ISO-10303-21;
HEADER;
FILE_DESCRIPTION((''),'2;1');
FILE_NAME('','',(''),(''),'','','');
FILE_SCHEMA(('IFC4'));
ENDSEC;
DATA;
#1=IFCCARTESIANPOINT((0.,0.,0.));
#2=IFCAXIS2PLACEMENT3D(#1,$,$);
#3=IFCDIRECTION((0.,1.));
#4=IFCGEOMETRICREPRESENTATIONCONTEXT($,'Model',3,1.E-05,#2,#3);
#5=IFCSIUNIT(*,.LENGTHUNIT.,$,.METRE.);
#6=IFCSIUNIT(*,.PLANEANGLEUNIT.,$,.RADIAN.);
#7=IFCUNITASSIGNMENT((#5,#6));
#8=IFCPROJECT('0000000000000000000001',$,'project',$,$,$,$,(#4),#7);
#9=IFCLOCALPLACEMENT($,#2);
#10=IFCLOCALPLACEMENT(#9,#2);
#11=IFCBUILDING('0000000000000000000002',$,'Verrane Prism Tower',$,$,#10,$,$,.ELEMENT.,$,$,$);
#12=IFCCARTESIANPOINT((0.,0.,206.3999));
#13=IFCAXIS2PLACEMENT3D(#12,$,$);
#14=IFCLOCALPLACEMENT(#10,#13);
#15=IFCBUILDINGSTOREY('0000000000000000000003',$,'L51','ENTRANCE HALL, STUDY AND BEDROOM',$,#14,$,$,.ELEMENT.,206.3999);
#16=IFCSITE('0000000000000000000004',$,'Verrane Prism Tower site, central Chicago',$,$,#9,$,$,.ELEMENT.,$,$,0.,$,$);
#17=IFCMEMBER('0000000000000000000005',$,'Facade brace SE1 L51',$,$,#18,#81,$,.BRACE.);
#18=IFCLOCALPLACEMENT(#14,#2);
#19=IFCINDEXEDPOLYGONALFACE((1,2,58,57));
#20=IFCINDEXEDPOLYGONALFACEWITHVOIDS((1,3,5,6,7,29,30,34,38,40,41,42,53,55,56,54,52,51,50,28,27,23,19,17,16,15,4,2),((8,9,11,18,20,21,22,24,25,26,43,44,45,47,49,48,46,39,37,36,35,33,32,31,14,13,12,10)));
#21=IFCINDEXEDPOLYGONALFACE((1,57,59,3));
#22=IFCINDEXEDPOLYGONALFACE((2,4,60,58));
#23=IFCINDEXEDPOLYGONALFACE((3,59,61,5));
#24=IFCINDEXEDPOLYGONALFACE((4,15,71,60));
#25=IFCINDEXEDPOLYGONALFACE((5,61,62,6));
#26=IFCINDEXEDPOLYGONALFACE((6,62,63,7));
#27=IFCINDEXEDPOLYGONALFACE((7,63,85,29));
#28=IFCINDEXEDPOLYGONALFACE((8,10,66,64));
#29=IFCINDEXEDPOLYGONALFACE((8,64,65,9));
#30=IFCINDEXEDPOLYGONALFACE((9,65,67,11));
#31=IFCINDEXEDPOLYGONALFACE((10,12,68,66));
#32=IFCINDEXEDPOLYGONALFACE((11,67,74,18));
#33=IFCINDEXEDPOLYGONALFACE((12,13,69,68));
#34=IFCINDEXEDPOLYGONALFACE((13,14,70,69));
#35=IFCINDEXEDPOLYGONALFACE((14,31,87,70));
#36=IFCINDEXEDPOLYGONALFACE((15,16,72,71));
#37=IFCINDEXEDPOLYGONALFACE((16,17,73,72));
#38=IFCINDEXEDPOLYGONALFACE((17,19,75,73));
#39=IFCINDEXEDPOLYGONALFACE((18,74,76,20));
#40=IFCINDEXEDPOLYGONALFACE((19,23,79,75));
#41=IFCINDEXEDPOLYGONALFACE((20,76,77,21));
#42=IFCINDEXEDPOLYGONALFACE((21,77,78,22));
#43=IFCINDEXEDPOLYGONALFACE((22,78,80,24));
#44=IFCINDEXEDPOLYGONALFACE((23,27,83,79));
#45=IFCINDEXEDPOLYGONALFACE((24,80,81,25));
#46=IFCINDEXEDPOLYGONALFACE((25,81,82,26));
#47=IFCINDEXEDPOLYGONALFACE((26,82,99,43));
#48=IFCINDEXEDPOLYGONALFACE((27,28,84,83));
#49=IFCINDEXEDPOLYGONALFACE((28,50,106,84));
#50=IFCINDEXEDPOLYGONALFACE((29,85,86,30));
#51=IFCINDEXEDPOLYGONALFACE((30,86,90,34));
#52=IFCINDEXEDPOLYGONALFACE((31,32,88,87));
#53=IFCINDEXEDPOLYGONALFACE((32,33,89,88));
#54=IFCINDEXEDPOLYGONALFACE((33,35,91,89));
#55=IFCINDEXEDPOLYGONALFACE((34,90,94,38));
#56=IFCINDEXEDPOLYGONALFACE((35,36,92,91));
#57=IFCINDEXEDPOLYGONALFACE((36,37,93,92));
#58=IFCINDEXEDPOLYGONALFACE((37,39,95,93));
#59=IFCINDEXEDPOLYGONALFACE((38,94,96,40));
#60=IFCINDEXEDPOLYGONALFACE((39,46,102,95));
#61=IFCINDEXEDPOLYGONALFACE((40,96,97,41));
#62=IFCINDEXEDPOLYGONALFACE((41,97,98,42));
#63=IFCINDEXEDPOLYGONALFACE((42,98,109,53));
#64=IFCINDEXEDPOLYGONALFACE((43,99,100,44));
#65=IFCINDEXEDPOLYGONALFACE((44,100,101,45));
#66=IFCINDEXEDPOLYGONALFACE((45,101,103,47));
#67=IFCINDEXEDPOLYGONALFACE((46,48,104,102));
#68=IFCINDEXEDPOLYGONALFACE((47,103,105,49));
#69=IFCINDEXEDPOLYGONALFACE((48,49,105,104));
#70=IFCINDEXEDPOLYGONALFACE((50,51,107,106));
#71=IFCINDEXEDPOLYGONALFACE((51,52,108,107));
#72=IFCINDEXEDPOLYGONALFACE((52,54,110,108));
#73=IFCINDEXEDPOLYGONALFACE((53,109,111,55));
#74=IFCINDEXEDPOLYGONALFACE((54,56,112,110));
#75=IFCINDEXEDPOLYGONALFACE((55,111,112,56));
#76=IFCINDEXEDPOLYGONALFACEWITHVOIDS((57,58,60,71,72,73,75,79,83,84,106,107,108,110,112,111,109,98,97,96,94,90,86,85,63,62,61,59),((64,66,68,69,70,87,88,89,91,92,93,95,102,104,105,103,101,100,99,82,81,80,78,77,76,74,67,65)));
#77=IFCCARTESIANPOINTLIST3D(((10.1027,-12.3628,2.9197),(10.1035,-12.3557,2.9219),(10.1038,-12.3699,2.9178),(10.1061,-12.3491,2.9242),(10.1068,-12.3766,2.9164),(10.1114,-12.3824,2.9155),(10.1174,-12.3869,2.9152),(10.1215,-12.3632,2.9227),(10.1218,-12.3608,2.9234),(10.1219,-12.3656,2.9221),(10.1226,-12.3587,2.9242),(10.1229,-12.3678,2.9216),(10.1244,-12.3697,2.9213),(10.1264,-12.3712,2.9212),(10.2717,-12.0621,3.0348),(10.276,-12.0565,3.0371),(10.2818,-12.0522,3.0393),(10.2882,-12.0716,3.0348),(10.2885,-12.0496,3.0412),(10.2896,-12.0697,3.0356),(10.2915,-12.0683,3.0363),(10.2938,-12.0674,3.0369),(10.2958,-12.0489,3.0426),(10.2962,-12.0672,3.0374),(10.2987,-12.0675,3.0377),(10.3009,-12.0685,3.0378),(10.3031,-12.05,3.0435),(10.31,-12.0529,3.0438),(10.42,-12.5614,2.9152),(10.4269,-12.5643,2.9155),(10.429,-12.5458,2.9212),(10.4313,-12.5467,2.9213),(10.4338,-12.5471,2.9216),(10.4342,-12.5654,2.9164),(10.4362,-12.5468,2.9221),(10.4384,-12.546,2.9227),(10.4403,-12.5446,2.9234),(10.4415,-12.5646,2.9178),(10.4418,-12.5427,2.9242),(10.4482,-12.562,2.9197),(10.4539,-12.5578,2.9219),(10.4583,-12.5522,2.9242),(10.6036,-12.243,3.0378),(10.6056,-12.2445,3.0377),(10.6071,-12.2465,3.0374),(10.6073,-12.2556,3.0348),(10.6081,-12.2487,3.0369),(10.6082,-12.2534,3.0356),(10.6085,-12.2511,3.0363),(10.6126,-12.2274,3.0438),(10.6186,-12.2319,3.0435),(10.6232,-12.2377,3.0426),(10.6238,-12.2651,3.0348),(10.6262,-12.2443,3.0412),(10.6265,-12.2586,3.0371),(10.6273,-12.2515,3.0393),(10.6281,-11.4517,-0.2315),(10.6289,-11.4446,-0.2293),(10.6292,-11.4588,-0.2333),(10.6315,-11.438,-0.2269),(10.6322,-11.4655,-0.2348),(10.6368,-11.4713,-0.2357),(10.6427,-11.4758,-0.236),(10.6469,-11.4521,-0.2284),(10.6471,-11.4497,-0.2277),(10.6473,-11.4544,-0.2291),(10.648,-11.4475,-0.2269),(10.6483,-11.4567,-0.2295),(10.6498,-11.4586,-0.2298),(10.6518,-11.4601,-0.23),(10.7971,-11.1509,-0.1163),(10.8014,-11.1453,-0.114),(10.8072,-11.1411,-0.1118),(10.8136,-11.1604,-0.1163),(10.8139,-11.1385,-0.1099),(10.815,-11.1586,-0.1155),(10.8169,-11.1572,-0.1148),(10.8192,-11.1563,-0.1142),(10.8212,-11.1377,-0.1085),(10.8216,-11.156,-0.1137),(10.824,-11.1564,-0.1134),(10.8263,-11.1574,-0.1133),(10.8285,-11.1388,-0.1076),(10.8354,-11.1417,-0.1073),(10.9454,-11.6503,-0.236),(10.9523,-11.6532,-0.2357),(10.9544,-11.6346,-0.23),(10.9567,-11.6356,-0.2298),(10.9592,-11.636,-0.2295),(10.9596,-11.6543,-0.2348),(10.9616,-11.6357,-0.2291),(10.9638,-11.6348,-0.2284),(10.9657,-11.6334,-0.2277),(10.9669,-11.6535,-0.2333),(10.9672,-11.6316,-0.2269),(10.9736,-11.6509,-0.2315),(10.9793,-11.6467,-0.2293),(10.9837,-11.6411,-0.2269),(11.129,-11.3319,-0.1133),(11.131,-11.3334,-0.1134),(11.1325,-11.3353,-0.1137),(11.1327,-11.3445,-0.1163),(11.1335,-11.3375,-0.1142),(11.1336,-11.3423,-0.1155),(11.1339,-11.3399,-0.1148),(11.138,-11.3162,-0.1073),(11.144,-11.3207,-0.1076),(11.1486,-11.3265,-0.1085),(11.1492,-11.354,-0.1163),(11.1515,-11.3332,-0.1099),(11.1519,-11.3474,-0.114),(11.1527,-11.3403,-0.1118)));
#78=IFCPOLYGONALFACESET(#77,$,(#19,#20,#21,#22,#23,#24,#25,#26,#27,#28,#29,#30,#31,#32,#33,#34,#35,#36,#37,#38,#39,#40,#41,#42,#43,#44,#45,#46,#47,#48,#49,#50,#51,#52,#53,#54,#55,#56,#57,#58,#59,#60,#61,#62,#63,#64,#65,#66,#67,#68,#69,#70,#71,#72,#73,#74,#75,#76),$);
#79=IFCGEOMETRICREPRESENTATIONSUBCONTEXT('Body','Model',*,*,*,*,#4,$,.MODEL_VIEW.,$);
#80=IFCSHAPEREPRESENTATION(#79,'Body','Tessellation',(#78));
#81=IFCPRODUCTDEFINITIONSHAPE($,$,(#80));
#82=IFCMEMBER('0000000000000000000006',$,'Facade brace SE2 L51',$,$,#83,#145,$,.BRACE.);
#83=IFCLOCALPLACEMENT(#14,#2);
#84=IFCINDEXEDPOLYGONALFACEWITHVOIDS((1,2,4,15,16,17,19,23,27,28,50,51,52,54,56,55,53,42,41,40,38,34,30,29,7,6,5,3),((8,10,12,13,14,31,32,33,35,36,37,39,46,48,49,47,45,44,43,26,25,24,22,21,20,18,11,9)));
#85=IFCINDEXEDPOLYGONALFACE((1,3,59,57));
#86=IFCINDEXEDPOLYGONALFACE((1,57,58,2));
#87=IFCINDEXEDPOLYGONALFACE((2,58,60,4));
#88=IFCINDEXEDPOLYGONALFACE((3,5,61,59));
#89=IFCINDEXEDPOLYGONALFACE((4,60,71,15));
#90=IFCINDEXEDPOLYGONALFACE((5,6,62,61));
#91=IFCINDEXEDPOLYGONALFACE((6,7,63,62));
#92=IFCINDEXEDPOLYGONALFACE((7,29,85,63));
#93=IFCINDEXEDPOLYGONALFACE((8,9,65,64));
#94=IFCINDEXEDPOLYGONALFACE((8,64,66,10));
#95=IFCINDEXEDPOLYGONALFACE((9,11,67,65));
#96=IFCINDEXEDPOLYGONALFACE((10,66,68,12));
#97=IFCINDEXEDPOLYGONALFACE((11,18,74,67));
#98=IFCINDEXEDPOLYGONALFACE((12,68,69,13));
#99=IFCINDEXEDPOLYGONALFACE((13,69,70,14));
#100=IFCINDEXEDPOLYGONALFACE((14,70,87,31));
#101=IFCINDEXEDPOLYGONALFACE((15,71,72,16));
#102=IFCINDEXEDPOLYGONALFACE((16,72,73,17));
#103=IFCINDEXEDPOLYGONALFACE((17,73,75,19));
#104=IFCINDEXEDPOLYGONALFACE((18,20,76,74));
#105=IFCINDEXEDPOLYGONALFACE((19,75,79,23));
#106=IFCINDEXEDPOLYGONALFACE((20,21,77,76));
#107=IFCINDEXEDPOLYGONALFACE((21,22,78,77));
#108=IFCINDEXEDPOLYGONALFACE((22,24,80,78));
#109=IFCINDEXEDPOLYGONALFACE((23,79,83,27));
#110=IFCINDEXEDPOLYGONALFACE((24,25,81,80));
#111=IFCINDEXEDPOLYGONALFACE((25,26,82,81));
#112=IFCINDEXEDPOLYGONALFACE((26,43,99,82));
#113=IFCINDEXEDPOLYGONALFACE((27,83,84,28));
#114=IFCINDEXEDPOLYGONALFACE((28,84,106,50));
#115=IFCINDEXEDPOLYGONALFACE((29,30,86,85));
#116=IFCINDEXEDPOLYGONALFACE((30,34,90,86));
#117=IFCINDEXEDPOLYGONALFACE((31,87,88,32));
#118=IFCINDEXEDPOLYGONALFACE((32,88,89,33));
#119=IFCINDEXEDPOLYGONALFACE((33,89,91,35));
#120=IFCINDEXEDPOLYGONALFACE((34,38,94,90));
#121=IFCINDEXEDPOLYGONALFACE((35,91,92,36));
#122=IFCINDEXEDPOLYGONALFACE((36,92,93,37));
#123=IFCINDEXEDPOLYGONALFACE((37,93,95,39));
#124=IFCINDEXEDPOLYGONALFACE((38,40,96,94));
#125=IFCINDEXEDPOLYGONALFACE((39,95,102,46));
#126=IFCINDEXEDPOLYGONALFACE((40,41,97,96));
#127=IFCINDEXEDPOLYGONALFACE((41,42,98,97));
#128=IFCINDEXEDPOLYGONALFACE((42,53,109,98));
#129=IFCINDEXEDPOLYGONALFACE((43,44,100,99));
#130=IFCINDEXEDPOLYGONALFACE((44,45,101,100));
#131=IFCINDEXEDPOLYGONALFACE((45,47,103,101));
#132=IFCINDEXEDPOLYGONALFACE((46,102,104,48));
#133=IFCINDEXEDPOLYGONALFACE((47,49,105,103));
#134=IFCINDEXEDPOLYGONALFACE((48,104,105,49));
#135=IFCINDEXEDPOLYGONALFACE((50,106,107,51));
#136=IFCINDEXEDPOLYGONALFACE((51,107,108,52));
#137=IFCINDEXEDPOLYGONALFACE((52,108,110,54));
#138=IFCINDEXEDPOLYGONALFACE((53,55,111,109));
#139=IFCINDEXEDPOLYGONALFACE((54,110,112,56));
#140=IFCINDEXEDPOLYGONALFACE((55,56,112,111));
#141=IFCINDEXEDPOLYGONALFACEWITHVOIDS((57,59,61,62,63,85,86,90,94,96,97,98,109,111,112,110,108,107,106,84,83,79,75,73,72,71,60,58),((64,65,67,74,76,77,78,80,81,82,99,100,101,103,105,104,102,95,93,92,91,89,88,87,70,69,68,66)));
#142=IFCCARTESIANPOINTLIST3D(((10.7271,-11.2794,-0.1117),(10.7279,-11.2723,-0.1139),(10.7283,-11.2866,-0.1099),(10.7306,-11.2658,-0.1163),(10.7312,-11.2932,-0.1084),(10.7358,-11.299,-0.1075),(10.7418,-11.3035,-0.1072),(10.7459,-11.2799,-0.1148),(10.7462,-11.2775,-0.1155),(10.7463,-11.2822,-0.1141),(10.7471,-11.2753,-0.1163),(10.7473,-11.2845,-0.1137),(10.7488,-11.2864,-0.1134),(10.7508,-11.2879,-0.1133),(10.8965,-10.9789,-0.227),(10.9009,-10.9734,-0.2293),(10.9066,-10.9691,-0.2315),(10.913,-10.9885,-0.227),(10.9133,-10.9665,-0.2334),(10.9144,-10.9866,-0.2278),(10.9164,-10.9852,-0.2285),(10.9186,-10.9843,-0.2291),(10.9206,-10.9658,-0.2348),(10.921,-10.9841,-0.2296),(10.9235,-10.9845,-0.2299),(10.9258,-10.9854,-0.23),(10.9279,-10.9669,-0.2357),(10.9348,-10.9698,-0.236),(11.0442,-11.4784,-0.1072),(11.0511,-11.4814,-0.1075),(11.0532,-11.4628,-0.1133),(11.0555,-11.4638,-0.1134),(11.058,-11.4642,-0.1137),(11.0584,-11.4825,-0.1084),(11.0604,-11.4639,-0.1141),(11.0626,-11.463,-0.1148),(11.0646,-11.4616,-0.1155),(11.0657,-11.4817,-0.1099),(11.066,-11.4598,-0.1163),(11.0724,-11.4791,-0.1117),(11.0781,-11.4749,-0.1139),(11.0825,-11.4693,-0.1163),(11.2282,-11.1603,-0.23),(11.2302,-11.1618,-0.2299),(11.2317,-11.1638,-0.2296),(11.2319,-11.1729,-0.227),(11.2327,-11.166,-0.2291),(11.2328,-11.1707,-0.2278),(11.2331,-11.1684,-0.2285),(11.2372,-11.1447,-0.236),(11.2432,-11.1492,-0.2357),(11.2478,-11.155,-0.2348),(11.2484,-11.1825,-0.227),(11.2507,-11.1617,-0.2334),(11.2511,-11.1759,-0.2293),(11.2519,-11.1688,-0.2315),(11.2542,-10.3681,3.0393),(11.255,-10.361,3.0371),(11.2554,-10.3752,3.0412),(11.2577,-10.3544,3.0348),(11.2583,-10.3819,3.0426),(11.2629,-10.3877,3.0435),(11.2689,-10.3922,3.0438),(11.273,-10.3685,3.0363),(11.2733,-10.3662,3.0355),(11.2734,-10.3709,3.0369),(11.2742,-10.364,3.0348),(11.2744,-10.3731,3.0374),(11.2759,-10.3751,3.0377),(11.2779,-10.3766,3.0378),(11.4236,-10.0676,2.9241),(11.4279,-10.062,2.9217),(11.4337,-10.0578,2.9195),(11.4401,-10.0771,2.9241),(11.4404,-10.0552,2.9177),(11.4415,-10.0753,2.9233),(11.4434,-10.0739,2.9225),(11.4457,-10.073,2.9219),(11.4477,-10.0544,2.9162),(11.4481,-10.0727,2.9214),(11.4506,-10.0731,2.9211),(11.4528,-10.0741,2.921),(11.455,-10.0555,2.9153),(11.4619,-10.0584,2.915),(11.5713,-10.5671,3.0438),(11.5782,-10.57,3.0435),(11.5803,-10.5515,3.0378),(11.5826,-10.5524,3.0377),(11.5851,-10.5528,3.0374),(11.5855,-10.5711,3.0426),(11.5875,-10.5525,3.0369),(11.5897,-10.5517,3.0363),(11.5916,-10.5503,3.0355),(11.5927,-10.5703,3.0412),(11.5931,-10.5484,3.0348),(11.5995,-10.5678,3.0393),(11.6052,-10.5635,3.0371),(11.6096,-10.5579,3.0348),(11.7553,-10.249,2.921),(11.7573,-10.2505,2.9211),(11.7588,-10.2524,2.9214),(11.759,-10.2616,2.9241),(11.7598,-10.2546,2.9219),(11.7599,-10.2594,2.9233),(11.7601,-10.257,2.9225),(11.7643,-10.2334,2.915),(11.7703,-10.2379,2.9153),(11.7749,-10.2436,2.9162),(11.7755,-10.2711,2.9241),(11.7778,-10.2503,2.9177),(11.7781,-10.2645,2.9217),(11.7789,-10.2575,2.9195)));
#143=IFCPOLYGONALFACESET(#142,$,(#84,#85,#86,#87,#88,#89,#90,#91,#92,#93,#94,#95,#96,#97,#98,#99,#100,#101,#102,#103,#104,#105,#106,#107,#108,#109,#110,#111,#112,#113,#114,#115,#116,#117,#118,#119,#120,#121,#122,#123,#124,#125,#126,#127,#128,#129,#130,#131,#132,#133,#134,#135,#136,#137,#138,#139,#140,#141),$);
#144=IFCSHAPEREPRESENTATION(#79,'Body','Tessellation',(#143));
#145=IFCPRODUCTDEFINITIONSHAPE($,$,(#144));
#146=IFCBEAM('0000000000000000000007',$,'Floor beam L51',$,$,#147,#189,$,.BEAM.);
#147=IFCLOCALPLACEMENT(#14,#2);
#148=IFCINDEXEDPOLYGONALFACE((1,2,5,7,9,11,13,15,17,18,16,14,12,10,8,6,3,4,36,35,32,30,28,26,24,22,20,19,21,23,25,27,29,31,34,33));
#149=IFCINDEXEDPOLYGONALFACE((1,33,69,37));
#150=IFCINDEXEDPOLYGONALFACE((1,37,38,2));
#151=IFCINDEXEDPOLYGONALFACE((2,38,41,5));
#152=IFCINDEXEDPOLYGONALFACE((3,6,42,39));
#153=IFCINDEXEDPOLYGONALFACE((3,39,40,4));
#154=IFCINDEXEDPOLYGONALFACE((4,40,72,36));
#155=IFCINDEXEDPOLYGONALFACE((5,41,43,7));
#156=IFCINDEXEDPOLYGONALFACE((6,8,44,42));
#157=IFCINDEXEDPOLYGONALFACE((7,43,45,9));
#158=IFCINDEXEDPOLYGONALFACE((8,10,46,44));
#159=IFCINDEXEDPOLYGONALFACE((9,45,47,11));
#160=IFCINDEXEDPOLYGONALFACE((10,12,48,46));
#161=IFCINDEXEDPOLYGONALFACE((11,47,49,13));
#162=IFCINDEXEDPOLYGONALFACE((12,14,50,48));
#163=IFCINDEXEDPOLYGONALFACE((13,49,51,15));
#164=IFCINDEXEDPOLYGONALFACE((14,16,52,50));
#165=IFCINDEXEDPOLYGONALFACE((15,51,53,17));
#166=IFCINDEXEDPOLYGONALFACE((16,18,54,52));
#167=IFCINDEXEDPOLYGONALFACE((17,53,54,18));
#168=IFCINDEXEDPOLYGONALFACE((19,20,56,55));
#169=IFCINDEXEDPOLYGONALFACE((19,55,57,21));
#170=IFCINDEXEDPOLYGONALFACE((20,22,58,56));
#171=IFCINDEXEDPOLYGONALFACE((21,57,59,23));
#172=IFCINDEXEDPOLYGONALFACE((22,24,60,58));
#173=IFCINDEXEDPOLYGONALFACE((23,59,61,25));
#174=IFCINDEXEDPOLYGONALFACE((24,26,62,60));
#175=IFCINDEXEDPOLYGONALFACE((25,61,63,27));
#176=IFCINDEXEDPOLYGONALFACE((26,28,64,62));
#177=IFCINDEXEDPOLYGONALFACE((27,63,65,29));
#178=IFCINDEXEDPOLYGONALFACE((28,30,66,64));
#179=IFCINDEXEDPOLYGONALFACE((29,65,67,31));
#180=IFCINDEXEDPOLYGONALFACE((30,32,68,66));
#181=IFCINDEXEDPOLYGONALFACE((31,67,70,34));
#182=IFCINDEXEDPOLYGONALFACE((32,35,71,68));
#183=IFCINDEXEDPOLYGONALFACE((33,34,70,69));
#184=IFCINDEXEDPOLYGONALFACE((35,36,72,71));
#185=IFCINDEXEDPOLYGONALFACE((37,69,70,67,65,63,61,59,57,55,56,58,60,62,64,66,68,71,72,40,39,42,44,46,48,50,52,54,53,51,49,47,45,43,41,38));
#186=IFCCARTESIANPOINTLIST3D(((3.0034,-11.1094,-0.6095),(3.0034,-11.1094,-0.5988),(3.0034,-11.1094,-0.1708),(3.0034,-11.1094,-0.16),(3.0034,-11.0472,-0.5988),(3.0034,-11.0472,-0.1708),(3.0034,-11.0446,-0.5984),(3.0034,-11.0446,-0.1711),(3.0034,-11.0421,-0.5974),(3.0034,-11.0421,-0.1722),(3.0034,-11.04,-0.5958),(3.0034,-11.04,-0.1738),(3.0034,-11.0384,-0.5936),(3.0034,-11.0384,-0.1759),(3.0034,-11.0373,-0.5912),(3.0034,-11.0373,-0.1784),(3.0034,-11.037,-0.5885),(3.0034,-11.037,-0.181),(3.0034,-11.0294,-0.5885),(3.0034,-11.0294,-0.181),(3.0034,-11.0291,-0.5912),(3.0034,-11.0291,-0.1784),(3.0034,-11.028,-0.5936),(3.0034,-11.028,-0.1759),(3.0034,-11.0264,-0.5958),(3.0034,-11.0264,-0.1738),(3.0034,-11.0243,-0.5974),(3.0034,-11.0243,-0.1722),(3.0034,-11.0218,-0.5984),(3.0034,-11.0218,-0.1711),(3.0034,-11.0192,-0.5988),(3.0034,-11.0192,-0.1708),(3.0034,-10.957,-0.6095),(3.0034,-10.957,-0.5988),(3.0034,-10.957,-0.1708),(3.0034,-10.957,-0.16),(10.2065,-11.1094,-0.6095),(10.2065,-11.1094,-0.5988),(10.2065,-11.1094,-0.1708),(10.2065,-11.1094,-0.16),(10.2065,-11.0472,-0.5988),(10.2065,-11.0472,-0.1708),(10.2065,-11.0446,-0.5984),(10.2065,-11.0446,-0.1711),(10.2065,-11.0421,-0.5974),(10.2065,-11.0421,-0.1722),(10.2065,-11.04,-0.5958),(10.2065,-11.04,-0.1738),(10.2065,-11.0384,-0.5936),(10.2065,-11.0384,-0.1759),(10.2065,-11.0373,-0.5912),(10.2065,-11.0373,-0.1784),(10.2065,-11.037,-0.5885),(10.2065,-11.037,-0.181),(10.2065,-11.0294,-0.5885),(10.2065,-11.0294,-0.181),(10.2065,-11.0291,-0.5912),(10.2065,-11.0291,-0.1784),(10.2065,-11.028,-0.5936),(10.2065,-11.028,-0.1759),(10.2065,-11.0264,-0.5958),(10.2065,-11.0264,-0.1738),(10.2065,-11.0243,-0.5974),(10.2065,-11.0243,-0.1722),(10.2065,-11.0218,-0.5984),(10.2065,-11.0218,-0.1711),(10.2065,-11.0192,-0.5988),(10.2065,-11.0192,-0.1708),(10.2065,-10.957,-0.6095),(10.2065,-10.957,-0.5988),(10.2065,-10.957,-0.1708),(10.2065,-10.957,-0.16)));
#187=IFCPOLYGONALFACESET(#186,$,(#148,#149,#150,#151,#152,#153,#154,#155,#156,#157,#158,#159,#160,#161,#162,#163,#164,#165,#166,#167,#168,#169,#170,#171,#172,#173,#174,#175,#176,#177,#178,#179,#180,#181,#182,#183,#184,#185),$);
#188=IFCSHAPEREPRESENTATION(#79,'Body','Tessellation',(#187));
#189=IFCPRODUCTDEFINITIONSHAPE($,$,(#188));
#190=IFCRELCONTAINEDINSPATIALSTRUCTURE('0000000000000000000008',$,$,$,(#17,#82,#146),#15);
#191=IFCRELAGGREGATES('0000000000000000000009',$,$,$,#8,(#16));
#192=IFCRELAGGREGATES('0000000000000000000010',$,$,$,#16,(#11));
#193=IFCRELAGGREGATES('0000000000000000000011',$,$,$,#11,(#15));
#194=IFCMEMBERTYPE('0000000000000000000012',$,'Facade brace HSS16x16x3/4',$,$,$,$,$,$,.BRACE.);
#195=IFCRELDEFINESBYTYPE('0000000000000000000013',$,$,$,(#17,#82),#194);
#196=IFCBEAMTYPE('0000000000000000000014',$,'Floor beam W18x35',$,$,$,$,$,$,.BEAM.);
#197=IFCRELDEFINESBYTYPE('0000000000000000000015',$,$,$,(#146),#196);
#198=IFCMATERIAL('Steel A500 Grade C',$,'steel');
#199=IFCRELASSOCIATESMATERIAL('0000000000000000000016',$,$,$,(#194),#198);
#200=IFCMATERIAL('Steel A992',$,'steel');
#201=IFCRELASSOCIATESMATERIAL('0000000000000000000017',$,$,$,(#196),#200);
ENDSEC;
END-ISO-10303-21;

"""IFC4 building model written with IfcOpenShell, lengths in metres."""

from ifc_helpers import new_model, si_unit, direction, frame, origin, origin_2d, place, context, subcontext, project, spatial, hollow_rectangle, i_section, extrude, material, material_profile, profile_set, type_object, element, save


model = new_model("IFC4")

# Units and contexts
model_context = context("Model", 3, precision=1e-05, world=origin(), true_north=direction((0.0, 1.0)))
body_context = subcontext(model_context, "Body", "Model", "MODEL_VIEW")
ifc_project = project(units=[si_unit("LENGTHUNIT", "METRE"), si_unit("PLANEANGLEUNIT", "RADIAN")], contexts=[model_context])

# Site, building, storey
site_placement = place(None, origin())
site = spatial("IfcSite", under=ifc_project, at=site_placement, Name="Verrane Prism Tower site, central Chicago", CompositionType="ELEMENT", RefElevation=0.0)
building_placement = place(site_placement, origin())
building = spatial("IfcBuilding", under=site, at=building_placement, Name="Verrane Prism Tower", CompositionType="ELEMENT")
storey_placement = place(building_placement, frame((0.0, 0.0, 206.3999)))
storey = spatial("IfcBuildingStorey", under=building, at=storey_placement, Name="L51", Description="ENTRANCE HALL, STUDY AND BEDROOM", CompositionType="ELEMENT", Elevation=206.3999)

# Members
ifc_material_1 = material(Name="Steel A500 Grade C", Category="steel")
ifc_material_profile_1 = material_profile(ifc_material_1, hollow_rectangle(XDim=0.4065, YDim=0.4065, WallThickness=0.019, InnerFilletRadius=0.0095, OuterFilletRadius=0.0286, at=origin_2d()), Name="HSS16x16x3/4")
ifc_profile_set_1 = profile_set([ifc_material_profile_1], Name="Steel A500 Grade C")
member_type_1 = type_object("IfcMemberType", Name="Facade brace HSS16x16x3/4", PredefinedType="BRACE", material=ifc_profile_set_1)
member_1_placement = place(storey_placement, frame((10.8904, -11.396, -0.1716), z_axis=(-0.158154, -0.274271, 0.948558), x_axis=(0.866294, -0.499535, 0.0)))
element("IfcMember", 1, at=member_1_placement, inside=storey, type_object=member_type_1, Name="Facade brace SE1 L51", PredefinedType="BRACE", context=body_context, shape_type="SweptSolid", body=[
    extrude(hollow_rectangle(XDim=0.4065, YDim=0.4065, WallThickness=0.019, InnerFilletRadius=0.0095, OuterFilletRadius=0.0286, at=origin_2d()), origin(), (0.0, 0.0, 1.0), 3.322),
])
member_2_placement = place(storey_placement, frame((10.9895, -11.2241, -0.1716), z_axis=(0.158653, 0.274317, 0.948462), x_axis=(-0.865648, 0.500652, 0.0)))
element("IfcMember", 2, at=member_2_placement, inside=storey, type_object=member_type_1, Name="Facade brace SE2 L51", PredefinedType="BRACE", context=body_context, shape_type="SweptSolid", body=[
    extrude(hollow_rectangle(XDim=0.4065, YDim=0.4065, WallThickness=0.019, InnerFilletRadius=0.0095, OuterFilletRadius=0.0286, at=origin_2d()), origin(), (0.0, 0.0, 1.0), 3.3223),
])

# Beam
ifc_material_2 = material(Name="Steel A992", Category="steel")
ifc_material_profile_2 = material_profile(ifc_material_2, i_section(OverallWidth=0.1523, OverallDepth=0.4495, WebThickness=0.0076, FlangeThickness=0.0107, FilletRadius=0.0103, at=origin_2d()), Name="W18x35")
ifc_profile_set_2 = profile_set([ifc_material_profile_2], Name="Steel A992")
beam_type_1 = type_object("IfcBeamType", Name="Floor beam W18x35", PredefinedType="BEAM", material=ifc_profile_set_2)
beam_1_placement = place(storey_placement, frame((3.0034, -11.0332, -0.3848), z_axis=(1.0, 0.0, 0.0), x_axis=(0.0, 1.0, 0.0)))
element("IfcBeam", 3, at=beam_1_placement, inside=storey, type_object=beam_type_1, Name="Floor beam L51", PredefinedType="BEAM", context=body_context, shape_type="SweptSolid", body=[
    extrude(i_section(OverallWidth=0.1523, OverallDepth=0.4495, WebThickness=0.0076, FlangeThickness=0.0107, FilletRadius=0.0103, at=origin_2d()), origin(), (0.0, 0.0, 1.0), 7.2031),
])

save(model, "model.ifc")
